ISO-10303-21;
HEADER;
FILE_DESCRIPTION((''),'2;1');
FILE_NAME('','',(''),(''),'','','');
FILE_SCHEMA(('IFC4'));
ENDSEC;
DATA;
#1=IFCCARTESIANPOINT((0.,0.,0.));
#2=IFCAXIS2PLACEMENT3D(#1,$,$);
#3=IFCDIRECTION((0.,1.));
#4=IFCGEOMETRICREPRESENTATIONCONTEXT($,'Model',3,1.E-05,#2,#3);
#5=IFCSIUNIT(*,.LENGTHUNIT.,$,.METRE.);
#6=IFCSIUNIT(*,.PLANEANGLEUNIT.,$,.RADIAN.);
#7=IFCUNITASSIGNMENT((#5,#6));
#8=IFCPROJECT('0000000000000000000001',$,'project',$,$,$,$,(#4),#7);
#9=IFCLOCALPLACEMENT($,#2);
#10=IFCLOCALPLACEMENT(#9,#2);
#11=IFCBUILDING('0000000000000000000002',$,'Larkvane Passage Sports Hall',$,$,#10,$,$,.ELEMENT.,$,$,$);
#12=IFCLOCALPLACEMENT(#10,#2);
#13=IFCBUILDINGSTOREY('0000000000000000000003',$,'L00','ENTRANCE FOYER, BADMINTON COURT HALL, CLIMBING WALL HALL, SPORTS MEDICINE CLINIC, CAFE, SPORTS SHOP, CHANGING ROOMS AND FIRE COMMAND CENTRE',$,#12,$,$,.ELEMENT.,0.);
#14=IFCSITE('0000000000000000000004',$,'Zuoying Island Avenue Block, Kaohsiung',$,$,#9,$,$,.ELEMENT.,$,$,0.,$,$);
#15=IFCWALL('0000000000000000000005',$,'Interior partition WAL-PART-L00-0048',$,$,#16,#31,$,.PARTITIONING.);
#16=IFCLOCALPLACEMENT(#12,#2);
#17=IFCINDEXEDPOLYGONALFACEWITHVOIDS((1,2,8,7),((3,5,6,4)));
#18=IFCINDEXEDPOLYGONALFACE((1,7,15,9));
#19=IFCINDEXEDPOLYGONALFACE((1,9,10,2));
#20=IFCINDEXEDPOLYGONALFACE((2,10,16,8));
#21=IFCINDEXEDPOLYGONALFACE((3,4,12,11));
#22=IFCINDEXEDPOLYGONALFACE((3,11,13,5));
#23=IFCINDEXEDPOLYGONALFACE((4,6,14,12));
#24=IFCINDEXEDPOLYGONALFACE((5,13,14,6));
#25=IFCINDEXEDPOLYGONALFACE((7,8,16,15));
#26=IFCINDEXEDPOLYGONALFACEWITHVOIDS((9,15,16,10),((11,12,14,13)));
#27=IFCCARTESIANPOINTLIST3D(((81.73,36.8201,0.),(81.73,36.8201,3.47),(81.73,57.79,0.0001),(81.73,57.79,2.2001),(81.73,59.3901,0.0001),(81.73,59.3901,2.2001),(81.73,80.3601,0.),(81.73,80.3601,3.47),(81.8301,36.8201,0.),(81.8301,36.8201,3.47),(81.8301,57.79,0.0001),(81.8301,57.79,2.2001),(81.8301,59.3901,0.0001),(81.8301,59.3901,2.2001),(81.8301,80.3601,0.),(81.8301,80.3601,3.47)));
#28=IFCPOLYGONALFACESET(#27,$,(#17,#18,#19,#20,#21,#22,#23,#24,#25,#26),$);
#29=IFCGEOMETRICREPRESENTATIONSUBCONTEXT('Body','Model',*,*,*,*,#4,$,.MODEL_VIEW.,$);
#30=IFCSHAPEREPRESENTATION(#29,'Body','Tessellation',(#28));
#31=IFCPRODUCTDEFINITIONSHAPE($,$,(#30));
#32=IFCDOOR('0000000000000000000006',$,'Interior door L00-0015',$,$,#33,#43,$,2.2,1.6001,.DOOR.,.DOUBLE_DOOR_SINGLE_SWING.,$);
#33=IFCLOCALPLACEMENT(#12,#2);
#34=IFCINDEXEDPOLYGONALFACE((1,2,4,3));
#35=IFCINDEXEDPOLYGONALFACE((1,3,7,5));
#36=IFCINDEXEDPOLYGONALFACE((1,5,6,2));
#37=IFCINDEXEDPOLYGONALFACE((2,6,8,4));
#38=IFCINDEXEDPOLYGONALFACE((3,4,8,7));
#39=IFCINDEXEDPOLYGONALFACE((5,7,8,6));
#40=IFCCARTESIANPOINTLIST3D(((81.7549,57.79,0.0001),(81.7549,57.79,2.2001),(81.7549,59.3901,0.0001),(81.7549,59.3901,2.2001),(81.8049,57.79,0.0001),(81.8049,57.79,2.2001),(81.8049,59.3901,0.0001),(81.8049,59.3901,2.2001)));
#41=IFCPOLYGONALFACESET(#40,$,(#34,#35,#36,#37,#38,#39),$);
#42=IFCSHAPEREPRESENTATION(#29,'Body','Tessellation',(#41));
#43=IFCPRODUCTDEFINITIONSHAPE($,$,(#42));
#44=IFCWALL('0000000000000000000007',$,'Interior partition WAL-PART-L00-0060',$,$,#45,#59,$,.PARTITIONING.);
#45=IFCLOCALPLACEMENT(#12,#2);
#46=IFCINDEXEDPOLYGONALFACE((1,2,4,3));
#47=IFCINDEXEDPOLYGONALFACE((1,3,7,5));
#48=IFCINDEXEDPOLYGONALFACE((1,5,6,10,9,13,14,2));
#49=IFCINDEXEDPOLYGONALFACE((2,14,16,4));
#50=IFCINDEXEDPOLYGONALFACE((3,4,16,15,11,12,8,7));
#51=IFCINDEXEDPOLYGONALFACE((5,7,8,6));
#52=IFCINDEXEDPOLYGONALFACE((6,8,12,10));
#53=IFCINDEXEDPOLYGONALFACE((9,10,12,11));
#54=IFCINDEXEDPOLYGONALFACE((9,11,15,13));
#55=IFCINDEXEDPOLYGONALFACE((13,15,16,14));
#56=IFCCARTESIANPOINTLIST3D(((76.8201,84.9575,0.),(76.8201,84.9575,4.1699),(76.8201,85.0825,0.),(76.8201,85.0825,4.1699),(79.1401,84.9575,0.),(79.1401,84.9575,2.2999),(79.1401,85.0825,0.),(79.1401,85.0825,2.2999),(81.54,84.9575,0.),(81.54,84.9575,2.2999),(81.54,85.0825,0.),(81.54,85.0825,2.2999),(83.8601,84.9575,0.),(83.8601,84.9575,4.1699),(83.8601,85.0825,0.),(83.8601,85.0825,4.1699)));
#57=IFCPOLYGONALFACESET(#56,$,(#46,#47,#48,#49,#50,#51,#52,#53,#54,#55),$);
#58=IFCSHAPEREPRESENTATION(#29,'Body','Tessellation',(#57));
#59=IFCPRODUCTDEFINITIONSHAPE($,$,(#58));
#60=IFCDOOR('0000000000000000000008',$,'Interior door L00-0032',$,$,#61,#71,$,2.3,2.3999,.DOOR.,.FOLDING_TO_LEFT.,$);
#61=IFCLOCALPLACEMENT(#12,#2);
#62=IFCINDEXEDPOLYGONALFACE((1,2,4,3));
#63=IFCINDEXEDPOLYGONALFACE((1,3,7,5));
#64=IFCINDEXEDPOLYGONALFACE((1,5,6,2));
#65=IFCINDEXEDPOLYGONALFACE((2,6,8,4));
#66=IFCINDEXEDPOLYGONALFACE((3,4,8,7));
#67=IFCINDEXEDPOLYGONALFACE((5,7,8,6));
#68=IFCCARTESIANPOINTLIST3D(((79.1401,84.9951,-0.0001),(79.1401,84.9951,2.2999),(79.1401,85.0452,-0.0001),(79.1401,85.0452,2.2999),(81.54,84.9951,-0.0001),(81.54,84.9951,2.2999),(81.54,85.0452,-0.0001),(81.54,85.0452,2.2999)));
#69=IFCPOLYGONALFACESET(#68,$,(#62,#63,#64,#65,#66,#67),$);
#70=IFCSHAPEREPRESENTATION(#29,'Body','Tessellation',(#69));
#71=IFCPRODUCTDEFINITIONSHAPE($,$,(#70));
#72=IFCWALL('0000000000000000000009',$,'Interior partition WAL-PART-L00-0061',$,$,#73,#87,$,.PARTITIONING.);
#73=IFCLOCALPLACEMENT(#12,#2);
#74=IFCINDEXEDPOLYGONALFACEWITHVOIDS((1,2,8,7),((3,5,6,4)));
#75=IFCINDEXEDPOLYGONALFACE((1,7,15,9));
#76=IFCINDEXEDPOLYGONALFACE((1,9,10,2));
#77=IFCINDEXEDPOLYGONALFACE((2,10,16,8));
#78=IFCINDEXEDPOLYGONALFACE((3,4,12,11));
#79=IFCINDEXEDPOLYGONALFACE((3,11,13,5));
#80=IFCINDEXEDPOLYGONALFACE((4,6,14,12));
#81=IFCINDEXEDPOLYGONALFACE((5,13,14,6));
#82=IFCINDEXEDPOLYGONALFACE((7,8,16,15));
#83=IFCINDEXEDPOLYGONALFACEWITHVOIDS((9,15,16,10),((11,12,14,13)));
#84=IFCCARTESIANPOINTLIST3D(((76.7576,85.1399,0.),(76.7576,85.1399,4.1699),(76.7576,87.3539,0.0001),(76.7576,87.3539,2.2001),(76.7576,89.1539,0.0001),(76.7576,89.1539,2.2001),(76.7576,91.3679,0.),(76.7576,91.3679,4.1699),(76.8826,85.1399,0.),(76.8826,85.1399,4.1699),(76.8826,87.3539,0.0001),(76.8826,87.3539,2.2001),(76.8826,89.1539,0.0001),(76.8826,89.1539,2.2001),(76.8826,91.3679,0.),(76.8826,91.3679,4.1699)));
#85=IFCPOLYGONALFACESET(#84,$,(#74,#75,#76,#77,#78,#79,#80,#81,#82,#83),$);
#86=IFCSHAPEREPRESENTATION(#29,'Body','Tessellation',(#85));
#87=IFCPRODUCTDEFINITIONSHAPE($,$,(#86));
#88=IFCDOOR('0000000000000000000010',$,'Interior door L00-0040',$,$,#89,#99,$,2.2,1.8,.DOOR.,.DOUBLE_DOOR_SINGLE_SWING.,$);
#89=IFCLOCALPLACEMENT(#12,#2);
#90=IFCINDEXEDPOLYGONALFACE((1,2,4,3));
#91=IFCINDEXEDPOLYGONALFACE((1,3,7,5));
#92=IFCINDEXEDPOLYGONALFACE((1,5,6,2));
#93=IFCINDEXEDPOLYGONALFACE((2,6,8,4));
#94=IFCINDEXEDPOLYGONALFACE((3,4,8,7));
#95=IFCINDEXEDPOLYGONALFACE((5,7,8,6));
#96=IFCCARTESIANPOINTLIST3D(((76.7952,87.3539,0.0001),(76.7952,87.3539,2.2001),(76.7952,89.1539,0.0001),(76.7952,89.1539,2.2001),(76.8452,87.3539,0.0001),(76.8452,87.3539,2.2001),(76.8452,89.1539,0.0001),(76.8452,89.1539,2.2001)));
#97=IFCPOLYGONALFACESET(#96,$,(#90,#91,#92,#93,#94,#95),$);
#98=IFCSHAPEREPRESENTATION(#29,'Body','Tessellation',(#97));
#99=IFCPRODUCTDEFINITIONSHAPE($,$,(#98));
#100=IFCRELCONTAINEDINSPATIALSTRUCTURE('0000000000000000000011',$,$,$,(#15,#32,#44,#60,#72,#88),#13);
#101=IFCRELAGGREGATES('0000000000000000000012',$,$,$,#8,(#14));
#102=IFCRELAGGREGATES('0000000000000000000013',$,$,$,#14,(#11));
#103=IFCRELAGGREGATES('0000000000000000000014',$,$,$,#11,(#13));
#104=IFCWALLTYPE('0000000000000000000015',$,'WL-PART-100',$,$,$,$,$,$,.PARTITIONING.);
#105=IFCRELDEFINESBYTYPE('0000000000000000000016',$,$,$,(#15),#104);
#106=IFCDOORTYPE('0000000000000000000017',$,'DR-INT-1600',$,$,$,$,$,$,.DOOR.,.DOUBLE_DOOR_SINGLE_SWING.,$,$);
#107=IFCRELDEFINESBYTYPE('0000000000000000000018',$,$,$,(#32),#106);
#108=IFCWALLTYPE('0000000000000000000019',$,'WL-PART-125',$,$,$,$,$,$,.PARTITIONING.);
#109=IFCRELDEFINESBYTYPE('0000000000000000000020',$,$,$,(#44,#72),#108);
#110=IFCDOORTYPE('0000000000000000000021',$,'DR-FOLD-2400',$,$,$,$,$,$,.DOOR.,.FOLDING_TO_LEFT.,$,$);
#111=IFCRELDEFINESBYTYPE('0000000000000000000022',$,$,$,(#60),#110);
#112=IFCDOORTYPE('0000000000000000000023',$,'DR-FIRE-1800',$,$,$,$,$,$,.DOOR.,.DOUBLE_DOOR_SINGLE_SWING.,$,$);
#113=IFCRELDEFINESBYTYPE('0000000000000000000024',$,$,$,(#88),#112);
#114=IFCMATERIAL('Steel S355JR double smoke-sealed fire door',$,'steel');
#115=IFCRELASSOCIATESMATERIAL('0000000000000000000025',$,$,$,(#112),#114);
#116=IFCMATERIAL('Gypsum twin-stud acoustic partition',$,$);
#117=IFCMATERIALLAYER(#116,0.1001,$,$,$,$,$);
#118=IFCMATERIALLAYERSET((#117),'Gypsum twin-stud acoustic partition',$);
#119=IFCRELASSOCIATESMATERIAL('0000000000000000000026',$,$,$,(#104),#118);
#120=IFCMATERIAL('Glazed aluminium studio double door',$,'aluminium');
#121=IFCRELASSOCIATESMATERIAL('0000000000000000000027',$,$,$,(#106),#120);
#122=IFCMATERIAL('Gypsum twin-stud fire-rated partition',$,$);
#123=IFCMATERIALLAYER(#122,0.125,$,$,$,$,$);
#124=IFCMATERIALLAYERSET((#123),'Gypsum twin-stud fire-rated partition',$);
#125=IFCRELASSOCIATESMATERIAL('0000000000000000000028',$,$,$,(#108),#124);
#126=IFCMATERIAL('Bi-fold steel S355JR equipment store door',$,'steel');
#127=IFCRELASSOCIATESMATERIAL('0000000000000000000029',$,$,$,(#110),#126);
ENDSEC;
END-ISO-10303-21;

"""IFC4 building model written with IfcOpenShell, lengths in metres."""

from ifc_helpers import new_model, si_unit, direction, frame, frame_2d, origin, place, context, subcontext, project, spatial, rectangle, extrude, material, layer, layer_set, type_object, element, fill, save


model = new_model("IFC4")

# Units and contexts
model_context = context("Model", 3, precision=1e-05, world=origin(), true_north=direction((0.0, 1.0)))
body_context = subcontext(model_context, "Body", "Model", "MODEL_VIEW")
ifc_project = project(units=[si_unit("LENGTHUNIT", "METRE"), si_unit("PLANEANGLEUNIT", "RADIAN")], contexts=[model_context])

# Site, building, storey
site_placement = place(None, origin())
site = spatial("IfcSite", under=ifc_project, at=site_placement, Name="Zuoying Island Avenue Block, Kaohsiung", CompositionType="ELEMENT", RefElevation=0.0)
building_placement = place(site_placement, origin())
building = spatial("IfcBuilding", under=site, at=building_placement, Name="Larkvane Passage Sports Hall", CompositionType="ELEMENT")
storey_placement = place(building_placement, origin())
storey = spatial("IfcBuildingStorey", under=building, at=storey_placement, Name="L00", Description="ENTRANCE FOYER, BADMINTON COURT HALL, CLIMBING WALL HALL, SPORTS MEDICINE CLINIC, CAFE, SPORTS SHOP, CHANGING ROOMS AND FIRE COMMAND CENTRE", CompositionType="ELEMENT", Elevation=0.0)

# Shared definitions
ifc_material_1 = material(Name="Steel S355JR double smoke-sealed fire door", Category="steel")
door_type_1 = type_object("IfcDoorType", Name="DR-FIRE-1800", OperationType="DOUBLE_DOOR_SINGLE_SWING", PredefinedType="DOOR", material=ifc_material_1)

# Walls, openings, doors
ifc_material_2 = material(Name="Gypsum twin-stud acoustic partition")
ifc_layer_1 = layer(ifc_material_2, 0.1001)
ifc_layer_set_1 = layer_set([ifc_layer_1], Name="Gypsum twin-stud acoustic partition")
wall_type_1 = type_object("IfcWallType", Name="WL-PART-100", PredefinedType="PARTITIONING", material=ifc_layer_set_1)
wall_1_placement = place(storey_placement, frame((81.78, 80.3601, 0.0), z_axis=(0.0, 0.0, 1.0), x_axis=(0.0, -1.0, 0.0)))
wall_1 = element("IfcWall", 1, at=wall_1_placement, inside=storey, type_object=wall_type_1, Name="Interior partition WAL-PART-L00-0048", PredefinedType="PARTITIONING", context=body_context, shape_type="SweptSolid", body=[
    extrude(rectangle(XDim=43.54, YDim=0.1001, at=frame_2d((21.77, 0.0))), origin(), (0.0, 0.0, 1.0), 3.47),
])
opening_1_placement = place(wall_1_placement, frame((20.97, 0.0, 0.0)))
opening_1 = element("IfcOpeningElement", 2, at=opening_1_placement, cuts=wall_1, PredefinedType="OPENING", context=body_context, shape_type="SweptSolid", body=[
    extrude(rectangle(XDim=1.6001, YDim=2.2, at=frame_2d((0.8, 1.1001))), frame((0.0, 0.0601, 0.0), z_axis=(0.0, -1.0, 0.0), x_axis=(1.0, 0.0, 0.0)), (0.0, 0.0, 1.0), 0.1201),
])
ifc_material_3 = material(Name="Glazed aluminium studio double door", Category="aluminium")
door_type_2 = type_object("IfcDoorType", Name="DR-INT-1600", OperationType="DOUBLE_DOOR_SINGLE_SWING", PredefinedType="DOOR", material=ifc_material_3)
door_1_placement = place(opening_1_placement, origin())
door_1 = element("IfcDoor", 3, at=door_1_placement, inside=storey, type_object=door_type_2, Name="Interior door L00-0015", OperationType="DOUBLE_DOOR_SINGLE_SWING", OverallHeight=2.2, OverallWidth=1.6001, PredefinedType="DOOR", context=body_context, shape_type="SweptSolid", body=[
    extrude(rectangle(XDim=1.6001, YDim=2.2, at=frame_2d((0.8, 1.1001))), frame((0.0, 0.0249, 0.0), z_axis=(0.0, -1.0, 0.0), x_axis=(1.0, 0.0, 0.0)), (0.0, 0.0, 1.0), 0.05),
])
fill(opening_1, door_1)
ifc_material_4 = material(Name="Gypsum twin-stud fire-rated partition")
ifc_layer_2 = layer(ifc_material_4, 0.125)
ifc_layer_set_2 = layer_set([ifc_layer_2], Name="Gypsum twin-stud fire-rated partition")
wall_type_2 = type_object("IfcWallType", Name="WL-PART-125", PredefinedType="PARTITIONING", material=ifc_layer_set_2)
wall_2_placement = place(storey_placement, frame((83.8601, 85.02, 0.0), z_axis=(0.0, 0.0, 1.0), x_axis=(-1.0, 0.0, 0.0)))
wall_2 = element("IfcWall", 4, at=wall_2_placement, inside=storey, type_object=wall_type_2, Name="Interior partition WAL-PART-L00-0060", PredefinedType="PARTITIONING", context=body_context, shape_type="SweptSolid", body=[
    extrude(rectangle(XDim=7.04, YDim=0.125, at=frame_2d((3.52, 0.0))), origin(), (0.0, 0.0, 1.0), 4.1699),
])
opening_2_placement = place(wall_2_placement, frame((2.3201, 0.0, 0.0)))
opening_2 = element("IfcOpeningElement", 5, at=opening_2_placement, cuts=wall_2, PredefinedType="OPENING", context=body_context, shape_type="SweptSolid", body=[
    extrude(rectangle(XDim=2.3999, YDim=2.3, at=frame_2d((1.2, 1.1499))), frame((0.0, 0.0725, 0.0), z_axis=(0.0, -1.0, 0.0), x_axis=(1.0, 0.0, 0.0)), (0.0, 0.0, 1.0), 0.145),
])
ifc_material_5 = material(Name="Bi-fold steel S355JR equipment store door", Category="steel")
door_type_3 = type_object("IfcDoorType", Name="DR-FOLD-2400", OperationType="FOLDING_TO_LEFT", PredefinedType="DOOR", material=ifc_material_5)
door_2_placement = place(opening_2_placement, origin())
door_2 = element("IfcDoor", 6, at=door_2_placement, inside=storey, type_object=door_type_3, Name="Interior door L00-0032", OperationType="FOLDING_TO_LEFT", OverallHeight=2.3, OverallWidth=2.3999, PredefinedType="DOOR", context=body_context, shape_type="SweptSolid", body=[
    extrude(rectangle(XDim=2.3999, YDim=2.3, at=frame_2d((1.2, 1.1499))), frame((0.0, 0.0249, 0.0), z_axis=(0.0, -1.0, 0.0), x_axis=(1.0, 0.0, 0.0)), (0.0, 0.0, 1.0), 0.05),
])
fill(opening_2, door_2)
wall_3_placement = place(storey_placement, frame((76.8201, 85.1399, 0.0), z_axis=(0.0, 0.0, 1.0), x_axis=(0.0, 1.0, 0.0)))
wall_3 = element("IfcWall", 7, at=wall_3_placement, inside=storey, type_object=wall_type_2, Name="Interior partition WAL-PART-L00-0061", PredefinedType="PARTITIONING", context=body_context, shape_type="SweptSolid", body=[
    extrude(rectangle(XDim=6.228, YDim=0.125, at=frame_2d((3.114, 0.0))), origin(), (0.0, 0.0, 1.0), 4.1699),
])
opening_3_placement = place(wall_3_placement, frame((2.2141, 0.0, 0.0)))
opening_3 = element("IfcOpeningElement", 8, at=opening_3_placement, cuts=wall_3, PredefinedType="OPENING", context=body_context, shape_type="SweptSolid", body=[
    extrude(rectangle(XDim=1.8, YDim=2.2, at=frame_2d((0.8999, 1.1001))), frame((0.0, 0.0725, 0.0), z_axis=(0.0, -1.0, 0.0), x_axis=(1.0, 0.0, 0.0)), (0.0, 0.0, 1.0), 0.145),
])
door_3_placement = place(opening_3_placement, origin())
door_3 = element("IfcDoor", 9, at=door_3_placement, inside=storey, type_object=door_type_1, Name="Interior door L00-0040", OperationType="DOUBLE_DOOR_SINGLE_SWING", OverallHeight=2.2, OverallWidth=1.8, PredefinedType="DOOR", context=body_context, shape_type="SweptSolid", body=[
    extrude(rectangle(XDim=1.8, YDim=2.2, at=frame_2d((0.8999, 1.1001))), frame((0.0, 0.0249, 0.0), z_axis=(0.0, -1.0, 0.0), x_axis=(1.0, 0.0, 0.0)), (0.0, 0.0, 1.0), 0.05),
])
fill(opening_3, door_3)

save(model, "model.ifc")
